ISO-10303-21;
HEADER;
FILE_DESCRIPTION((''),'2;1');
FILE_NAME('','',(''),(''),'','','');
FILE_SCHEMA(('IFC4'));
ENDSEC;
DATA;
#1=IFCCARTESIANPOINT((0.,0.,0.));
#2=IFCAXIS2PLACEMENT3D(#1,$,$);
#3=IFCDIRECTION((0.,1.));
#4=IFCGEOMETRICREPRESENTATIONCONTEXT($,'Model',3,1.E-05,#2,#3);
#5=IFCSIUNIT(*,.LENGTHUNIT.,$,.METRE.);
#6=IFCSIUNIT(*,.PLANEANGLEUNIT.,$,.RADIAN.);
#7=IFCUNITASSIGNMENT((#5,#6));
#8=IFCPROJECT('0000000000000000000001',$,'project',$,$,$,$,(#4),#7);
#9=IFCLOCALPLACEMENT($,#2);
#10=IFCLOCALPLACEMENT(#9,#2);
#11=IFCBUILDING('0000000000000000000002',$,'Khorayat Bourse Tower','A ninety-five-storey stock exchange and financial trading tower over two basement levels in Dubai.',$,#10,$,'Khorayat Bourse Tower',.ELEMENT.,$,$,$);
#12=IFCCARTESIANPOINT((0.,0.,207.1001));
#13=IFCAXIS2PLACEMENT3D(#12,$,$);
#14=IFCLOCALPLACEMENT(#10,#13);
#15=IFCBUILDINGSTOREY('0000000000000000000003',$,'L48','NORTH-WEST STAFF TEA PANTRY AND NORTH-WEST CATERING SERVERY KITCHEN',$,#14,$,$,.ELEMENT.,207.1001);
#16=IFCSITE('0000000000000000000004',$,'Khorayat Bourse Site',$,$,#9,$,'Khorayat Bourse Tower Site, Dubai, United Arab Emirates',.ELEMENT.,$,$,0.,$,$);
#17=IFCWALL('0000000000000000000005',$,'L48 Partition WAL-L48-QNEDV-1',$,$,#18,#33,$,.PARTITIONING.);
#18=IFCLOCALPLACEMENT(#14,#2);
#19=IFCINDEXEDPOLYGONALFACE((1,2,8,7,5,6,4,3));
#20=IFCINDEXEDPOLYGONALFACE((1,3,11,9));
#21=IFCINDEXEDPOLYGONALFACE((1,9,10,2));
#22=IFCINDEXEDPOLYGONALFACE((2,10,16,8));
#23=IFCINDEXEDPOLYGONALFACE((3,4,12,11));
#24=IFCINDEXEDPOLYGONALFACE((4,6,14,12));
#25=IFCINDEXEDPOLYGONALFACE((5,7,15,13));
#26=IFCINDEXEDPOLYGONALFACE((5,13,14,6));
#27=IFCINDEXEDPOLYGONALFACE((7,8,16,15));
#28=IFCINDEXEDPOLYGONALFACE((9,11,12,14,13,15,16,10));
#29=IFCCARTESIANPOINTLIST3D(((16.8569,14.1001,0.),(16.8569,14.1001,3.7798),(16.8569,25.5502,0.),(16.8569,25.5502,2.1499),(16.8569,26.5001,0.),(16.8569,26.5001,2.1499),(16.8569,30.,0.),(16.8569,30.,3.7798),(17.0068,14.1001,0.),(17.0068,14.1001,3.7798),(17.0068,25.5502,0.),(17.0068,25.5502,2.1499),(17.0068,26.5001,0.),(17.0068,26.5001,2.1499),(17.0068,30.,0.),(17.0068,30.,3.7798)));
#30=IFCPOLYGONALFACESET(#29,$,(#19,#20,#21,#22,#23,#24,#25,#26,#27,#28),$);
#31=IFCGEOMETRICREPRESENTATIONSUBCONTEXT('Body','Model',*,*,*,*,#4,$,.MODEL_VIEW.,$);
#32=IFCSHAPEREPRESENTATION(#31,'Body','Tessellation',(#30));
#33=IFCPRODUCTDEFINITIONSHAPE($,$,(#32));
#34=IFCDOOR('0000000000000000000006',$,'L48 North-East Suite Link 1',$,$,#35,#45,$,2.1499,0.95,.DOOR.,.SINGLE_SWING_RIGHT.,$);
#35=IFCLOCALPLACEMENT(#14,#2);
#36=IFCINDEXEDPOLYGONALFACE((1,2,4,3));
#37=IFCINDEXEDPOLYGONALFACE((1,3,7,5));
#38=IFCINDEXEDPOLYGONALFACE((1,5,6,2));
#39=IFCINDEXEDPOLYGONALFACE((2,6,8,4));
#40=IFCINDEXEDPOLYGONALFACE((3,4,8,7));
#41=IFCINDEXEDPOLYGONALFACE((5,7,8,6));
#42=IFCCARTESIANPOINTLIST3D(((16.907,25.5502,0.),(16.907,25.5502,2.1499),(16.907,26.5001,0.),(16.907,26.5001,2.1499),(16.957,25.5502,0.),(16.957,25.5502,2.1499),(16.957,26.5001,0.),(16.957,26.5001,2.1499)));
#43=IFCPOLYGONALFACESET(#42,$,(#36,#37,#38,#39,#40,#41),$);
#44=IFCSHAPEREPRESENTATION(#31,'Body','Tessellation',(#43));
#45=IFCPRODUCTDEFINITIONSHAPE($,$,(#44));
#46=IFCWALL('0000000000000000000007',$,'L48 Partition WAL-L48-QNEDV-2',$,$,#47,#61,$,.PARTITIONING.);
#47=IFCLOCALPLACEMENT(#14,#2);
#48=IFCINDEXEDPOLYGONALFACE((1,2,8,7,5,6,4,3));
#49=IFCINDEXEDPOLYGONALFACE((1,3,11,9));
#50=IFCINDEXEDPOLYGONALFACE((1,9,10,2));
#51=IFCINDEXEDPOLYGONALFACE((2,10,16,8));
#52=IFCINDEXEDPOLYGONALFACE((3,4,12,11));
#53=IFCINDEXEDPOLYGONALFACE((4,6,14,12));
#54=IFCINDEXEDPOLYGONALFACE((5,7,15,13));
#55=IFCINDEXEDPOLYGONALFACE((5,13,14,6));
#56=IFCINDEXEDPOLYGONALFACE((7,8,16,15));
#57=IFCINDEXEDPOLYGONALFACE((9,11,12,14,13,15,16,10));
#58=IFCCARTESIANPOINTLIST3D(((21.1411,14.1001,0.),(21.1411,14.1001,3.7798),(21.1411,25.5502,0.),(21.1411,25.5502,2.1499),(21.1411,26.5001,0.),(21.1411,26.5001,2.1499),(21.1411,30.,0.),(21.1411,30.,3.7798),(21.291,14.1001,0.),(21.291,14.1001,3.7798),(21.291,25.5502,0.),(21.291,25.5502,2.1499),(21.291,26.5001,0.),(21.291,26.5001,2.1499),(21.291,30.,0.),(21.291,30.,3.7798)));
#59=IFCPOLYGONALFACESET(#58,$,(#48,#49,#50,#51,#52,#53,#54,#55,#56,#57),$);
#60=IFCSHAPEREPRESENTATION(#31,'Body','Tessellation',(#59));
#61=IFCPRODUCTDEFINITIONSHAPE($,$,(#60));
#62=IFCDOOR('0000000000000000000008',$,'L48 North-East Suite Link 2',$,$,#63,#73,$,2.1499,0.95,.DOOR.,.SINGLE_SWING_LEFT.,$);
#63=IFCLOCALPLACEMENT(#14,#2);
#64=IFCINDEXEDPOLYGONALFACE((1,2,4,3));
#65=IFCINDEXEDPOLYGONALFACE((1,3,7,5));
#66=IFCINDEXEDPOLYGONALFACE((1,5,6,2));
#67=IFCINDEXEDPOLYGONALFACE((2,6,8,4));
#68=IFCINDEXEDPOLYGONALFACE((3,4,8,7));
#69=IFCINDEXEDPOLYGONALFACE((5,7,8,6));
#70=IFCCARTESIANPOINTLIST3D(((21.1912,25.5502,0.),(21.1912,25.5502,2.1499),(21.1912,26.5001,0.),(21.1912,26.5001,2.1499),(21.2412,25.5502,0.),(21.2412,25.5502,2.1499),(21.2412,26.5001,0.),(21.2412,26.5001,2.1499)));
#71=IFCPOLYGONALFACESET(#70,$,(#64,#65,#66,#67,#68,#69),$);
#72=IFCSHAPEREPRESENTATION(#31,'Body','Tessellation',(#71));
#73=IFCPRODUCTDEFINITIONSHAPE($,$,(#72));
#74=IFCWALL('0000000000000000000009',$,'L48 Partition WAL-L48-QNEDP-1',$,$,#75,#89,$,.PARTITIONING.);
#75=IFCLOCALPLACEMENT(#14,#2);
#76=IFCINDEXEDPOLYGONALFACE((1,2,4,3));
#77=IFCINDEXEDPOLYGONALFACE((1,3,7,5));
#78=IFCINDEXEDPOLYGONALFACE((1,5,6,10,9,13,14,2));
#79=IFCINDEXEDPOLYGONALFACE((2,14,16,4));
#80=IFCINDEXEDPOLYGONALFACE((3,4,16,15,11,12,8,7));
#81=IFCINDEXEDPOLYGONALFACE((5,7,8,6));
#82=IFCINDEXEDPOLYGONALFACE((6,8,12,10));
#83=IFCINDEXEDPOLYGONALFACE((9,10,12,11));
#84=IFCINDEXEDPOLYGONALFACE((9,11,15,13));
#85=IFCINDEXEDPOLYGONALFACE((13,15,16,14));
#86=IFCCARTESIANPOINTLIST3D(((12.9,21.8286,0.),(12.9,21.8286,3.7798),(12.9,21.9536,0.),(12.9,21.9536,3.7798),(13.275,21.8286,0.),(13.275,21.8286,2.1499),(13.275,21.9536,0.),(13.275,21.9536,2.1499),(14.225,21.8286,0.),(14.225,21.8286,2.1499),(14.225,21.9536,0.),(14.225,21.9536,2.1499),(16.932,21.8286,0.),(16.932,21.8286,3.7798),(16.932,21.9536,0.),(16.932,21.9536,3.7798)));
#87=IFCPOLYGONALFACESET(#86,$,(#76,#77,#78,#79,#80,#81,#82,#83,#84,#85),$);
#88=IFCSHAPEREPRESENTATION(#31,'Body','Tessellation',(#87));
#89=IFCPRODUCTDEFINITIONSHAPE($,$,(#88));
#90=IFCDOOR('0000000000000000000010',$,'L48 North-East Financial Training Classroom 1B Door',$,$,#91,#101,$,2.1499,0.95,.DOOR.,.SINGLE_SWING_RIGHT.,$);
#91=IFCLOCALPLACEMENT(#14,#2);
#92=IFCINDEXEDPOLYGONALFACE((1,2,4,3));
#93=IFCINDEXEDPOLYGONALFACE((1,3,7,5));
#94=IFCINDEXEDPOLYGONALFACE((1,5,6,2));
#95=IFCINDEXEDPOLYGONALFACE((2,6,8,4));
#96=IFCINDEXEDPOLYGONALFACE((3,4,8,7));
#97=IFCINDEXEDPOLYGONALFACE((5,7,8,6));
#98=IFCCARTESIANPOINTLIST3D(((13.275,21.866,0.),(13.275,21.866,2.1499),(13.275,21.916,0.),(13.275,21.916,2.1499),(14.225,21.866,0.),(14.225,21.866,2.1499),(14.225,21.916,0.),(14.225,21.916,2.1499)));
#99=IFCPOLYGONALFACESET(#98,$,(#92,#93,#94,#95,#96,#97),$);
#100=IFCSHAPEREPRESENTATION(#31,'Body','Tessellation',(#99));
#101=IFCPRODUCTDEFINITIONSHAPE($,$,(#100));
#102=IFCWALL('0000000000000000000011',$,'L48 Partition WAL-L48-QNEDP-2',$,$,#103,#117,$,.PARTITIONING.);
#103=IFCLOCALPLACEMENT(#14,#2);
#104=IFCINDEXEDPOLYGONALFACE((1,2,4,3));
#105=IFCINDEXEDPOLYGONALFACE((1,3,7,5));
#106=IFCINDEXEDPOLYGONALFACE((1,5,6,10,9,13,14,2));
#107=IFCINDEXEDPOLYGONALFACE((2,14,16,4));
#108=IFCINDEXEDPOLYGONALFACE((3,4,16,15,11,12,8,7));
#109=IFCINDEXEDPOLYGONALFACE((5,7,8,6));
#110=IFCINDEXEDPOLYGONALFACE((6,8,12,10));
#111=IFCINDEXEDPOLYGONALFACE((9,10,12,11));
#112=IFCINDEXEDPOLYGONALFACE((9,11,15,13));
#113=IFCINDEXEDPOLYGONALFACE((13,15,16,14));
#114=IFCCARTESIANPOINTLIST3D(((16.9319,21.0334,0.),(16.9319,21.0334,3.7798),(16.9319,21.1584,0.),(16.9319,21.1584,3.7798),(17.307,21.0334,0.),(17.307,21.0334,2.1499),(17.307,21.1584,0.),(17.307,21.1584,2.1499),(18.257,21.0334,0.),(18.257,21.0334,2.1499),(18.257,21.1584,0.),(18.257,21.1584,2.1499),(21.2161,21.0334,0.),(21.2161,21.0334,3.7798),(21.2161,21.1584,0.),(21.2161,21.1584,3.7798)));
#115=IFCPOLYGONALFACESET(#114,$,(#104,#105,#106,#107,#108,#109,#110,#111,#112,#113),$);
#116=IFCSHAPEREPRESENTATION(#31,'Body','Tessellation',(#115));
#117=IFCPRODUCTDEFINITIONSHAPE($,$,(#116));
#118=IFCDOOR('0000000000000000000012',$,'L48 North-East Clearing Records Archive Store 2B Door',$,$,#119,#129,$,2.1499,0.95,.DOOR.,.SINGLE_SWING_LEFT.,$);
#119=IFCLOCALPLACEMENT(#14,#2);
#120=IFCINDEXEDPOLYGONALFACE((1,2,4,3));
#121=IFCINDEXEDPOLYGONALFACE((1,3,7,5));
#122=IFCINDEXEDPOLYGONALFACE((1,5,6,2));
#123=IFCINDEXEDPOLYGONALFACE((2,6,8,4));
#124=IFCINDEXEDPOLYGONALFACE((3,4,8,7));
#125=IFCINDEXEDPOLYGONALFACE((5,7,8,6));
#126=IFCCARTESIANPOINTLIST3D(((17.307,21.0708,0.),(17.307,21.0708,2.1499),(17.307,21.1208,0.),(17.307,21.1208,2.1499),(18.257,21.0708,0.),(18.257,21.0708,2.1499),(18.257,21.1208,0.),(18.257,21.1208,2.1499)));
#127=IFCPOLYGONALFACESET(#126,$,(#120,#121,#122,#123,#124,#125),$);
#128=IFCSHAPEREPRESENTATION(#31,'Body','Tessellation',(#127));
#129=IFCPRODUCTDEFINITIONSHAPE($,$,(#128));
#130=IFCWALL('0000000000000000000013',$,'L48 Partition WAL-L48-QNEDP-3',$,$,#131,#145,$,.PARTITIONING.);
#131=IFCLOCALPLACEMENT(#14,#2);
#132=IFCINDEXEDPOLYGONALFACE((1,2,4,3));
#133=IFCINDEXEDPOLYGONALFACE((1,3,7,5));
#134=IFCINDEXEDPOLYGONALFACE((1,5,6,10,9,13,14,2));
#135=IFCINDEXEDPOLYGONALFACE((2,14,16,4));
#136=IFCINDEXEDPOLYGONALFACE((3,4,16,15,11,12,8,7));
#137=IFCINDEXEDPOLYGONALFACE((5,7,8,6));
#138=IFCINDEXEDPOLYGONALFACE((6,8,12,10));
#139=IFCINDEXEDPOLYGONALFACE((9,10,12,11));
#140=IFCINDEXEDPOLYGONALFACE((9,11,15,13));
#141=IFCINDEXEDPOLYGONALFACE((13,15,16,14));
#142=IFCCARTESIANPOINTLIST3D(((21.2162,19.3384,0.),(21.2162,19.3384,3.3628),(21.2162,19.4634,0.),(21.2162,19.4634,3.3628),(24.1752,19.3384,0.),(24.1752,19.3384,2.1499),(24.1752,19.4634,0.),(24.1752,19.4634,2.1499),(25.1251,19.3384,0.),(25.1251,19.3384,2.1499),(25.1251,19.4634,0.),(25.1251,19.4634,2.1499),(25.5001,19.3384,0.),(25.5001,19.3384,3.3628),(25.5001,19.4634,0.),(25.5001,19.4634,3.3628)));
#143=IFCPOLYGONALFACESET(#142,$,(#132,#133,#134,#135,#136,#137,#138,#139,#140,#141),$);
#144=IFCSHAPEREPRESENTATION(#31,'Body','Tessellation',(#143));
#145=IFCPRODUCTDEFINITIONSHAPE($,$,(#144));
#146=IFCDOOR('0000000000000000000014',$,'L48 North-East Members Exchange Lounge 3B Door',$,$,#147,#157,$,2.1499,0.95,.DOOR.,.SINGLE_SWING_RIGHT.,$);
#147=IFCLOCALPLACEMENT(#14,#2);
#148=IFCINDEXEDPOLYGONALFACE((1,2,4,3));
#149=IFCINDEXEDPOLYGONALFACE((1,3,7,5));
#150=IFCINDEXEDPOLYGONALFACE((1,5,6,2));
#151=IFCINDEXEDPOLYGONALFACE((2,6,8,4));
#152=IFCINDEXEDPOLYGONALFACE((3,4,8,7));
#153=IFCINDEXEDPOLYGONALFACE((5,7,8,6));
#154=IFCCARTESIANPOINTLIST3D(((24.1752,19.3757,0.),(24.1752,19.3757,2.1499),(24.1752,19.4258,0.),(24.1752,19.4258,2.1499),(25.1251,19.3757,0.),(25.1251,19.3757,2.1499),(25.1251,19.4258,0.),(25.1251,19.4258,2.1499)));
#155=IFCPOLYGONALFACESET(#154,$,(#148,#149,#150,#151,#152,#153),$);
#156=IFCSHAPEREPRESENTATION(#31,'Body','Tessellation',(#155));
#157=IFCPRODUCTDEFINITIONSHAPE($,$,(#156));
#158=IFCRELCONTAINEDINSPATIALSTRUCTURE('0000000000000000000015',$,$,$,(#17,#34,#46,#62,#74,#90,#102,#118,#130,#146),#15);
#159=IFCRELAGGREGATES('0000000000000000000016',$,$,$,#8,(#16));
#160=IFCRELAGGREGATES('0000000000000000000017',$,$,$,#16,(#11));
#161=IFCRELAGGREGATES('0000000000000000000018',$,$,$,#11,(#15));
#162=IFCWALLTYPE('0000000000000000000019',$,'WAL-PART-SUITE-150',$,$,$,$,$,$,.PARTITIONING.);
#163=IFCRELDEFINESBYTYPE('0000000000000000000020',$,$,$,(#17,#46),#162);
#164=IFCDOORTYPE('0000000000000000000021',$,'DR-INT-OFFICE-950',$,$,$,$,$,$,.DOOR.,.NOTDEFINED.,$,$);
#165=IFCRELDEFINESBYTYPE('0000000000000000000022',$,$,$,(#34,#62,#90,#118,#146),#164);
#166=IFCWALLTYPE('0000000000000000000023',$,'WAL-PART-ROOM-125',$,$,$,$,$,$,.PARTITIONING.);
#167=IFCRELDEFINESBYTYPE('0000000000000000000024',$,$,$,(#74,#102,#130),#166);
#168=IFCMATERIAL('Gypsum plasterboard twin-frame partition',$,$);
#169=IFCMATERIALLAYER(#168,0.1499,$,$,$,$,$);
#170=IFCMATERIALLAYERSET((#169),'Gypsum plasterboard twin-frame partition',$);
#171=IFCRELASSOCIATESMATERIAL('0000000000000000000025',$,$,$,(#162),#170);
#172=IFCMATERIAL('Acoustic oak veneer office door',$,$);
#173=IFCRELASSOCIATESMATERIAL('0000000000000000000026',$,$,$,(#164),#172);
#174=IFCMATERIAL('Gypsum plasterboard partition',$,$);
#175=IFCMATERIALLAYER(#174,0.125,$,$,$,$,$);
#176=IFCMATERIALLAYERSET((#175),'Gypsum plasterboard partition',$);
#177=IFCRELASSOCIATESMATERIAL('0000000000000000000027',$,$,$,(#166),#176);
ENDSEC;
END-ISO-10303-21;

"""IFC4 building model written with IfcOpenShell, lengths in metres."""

from ifc_helpers import new_model, si_unit, direction, frame, frame_2d, origin, place, context, subcontext, project, spatial, rectangle, extrude, source, transform, mapped, material, layer, layer_set, type_object, element, fill, save


model = new_model("IFC4")

# Units and contexts
model_context = context("Model", 3, precision=1e-05, world=origin(), true_north=direction((0.0, 1.0)))
body_context = subcontext(model_context, "Body", "Model", "MODEL_VIEW")
ifc_project = project(units=[si_unit("LENGTHUNIT", "METRE"), si_unit("PLANEANGLEUNIT", "RADIAN")], contexts=[model_context])

# Site, building, storey
site_placement = place(None, origin())
site = spatial("IfcSite", under=ifc_project, at=site_placement, Name="Khorayat Bourse Site", LongName="Khorayat Bourse Tower Site, Dubai, United Arab Emirates", CompositionType="ELEMENT", RefElevation=0.0)
building_placement = place(site_placement, origin())
building = spatial("IfcBuilding", under=site, at=building_placement, Name="Khorayat Bourse Tower", Description="A ninety-five-storey stock exchange and financial trading tower over two basement levels in Dubai.", LongName="Khorayat Bourse Tower", CompositionType="ELEMENT")
storey_placement = place(building_placement, frame((0.0, 0.0, 207.1001)))
storey = spatial("IfcBuildingStorey", under=building, at=storey_placement, Name="L48", Description="NORTH-WEST STAFF TEA PANTRY AND NORTH-WEST CATERING SERVERY KITCHEN", CompositionType="ELEMENT", Elevation=207.1001)

# Walls, openings, doors
ifc_material_1 = material(Name="Gypsum plasterboard twin-frame partition")
ifc_layer_1 = layer(ifc_material_1, 0.1499)
ifc_layer_set_1 = layer_set([ifc_layer_1], Name="Gypsum plasterboard twin-frame partition")
wall_type_1 = type_object("IfcWallType", Name="WAL-PART-SUITE-150", PredefinedType="PARTITIONING", material=ifc_layer_set_1)
shared_shape_1 = source(origin(), body_context, "Body", "SweptSolid", [
    extrude(rectangle(XDim=15.8999, YDim=0.1499, at=frame_2d((7.95, 0.0))), origin(), (0.0, 0.0, 1.0), 3.7798),
])
wall_1_placement = place(storey_placement, frame((16.9319, 14.1001, 0.0), z_axis=(0.0, 0.0, 1.0), x_axis=(0.0, 1.0, 0.0)))
wall_1 = element("IfcWall", 1, at=wall_1_placement, inside=storey, type_object=wall_type_1, Name="L48 Partition WAL-L48-QNEDV-1", PredefinedType="PARTITIONING", context=body_context, shape_type="MappedRepresentation", body=[
    mapped(shared_shape_1, transform((0.0, 0.0, 0.0), scale=1.0)),
])
shared_shape_2 = source(origin(), body_context, "Body", "SweptSolid", [
    extrude(rectangle(XDim=0.95, YDim=2.1499, at=frame_2d((0.4751, 1.075))), frame((0.0, 0.085, 0.0), z_axis=(0.0, -1.0, 0.0), x_axis=(1.0, 0.0, 0.0)), (0.0, 0.0, 1.0), 0.1699),
])
opening_1_placement = place(wall_1_placement, frame((11.45, 0.0, 0.0)))
opening_1 = element("IfcOpeningElement", 2, at=opening_1_placement, cuts=wall_1, PredefinedType="OPENING", context=body_context, shape_type="MappedRepresentation", body=[
    mapped(shared_shape_2, transform((0.0, 0.0, 0.0), scale=1.0)),
])
ifc_material_2 = material(Name="Acoustic oak veneer office door")
door_type = type_object("IfcDoorType", Name="DR-INT-OFFICE-950", OperationType="NOTDEFINED", PredefinedType="DOOR", material=ifc_material_2)
shared_shape_3 = source(origin(), body_context, "Body", "SweptSolid", [
    extrude(rectangle(XDim=0.95, YDim=2.1499, at=frame_2d((0.4751, 1.075))), frame((0.0, 0.0249, 0.0), z_axis=(0.0, -1.0, 0.0), x_axis=(1.0, 0.0, 0.0)), (0.0, 0.0, 1.0), 0.05),
])
door_1_placement = place(opening_1_placement, origin())
door_1 = element("IfcDoor", 3, at=door_1_placement, inside=storey, type_object=door_type, Name="L48 North-East Suite Link 1", OperationType="SINGLE_SWING_RIGHT", OverallHeight=2.1499, OverallWidth=0.95, PredefinedType="DOOR", context=body_context, shape_type="MappedRepresentation", body=[
    mapped(shared_shape_3, transform((0.0, 0.0, 0.0), scale=1.0)),
])
fill(opening_1, door_1)
wall_2_placement = place(storey_placement, frame((21.2161, 14.1001, 0.0), z_axis=(0.0, 0.0, 1.0), x_axis=(0.0, 1.0, 0.0)))
wall_2 = element("IfcWall", 4, at=wall_2_placement, inside=storey, type_object=wall_type_1, Name="L48 Partition WAL-L48-QNEDV-2", PredefinedType="PARTITIONING", context=body_context, shape_type="MappedRepresentation", body=[
    mapped(shared_shape_1, transform((0.0, 0.0, 0.0), scale=1.0)),
])
opening_2_placement = place(wall_2_placement, frame((11.45, 0.0, 0.0)))
opening_2 = element("IfcOpeningElement", 5, at=opening_2_placement, cuts=wall_2, PredefinedType="OPENING", context=body_context, shape_type="MappedRepresentation", body=[
    mapped(shared_shape_2, transform((0.0, 0.0, 0.0), scale=1.0)),
])
door_2_placement = place(opening_2_placement, origin())
door_2 = element("IfcDoor", 6, at=door_2_placement, inside=storey, type_object=door_type, Name="L48 North-East Suite Link 2", OperationType="SINGLE_SWING_LEFT", OverallHeight=2.1499, OverallWidth=0.95, PredefinedType="DOOR", context=body_context, shape_type="MappedRepresentation", body=[
    mapped(shared_shape_3, transform((0.0, 0.0, 0.0), scale=1.0)),
])
fill(opening_2, door_2)
ifc_material_3 = material(Name="Gypsum plasterboard partition")
ifc_layer_2 = layer(ifc_material_3, 0.125)
ifc_layer_set_2 = layer_set([ifc_layer_2], Name="Gypsum plasterboard partition")
wall_type_2 = type_object("IfcWallType", Name="WAL-PART-ROOM-125", PredefinedType="PARTITIONING", material=ifc_layer_set_2)
shared_shape_4 = source(origin(), body_context, "Body", "SweptSolid", [
    extrude(rectangle(XDim=4.032, YDim=0.125, at=frame_2d((2.0161, 0.0))), origin(), (0.0, 0.0, 1.0), 3.7798),
])
wall_3_placement = place(storey_placement, frame((12.8999, 21.8911, 0.0), z_axis=(0.0, 0.0, 1.0), x_axis=(1.0, 0.0, 0.0)))
wall_3 = element("IfcWall", 7, at=wall_3_placement, inside=storey, type_object=wall_type_2, Name="L48 Partition WAL-L48-QNEDP-1", PredefinedType="PARTITIONING", context=body_context, shape_type="MappedRepresentation", body=[
    mapped(shared_shape_4, transform((0.0, 0.0, 0.0), scale=1.0)),
])
shared_shape_5 = source(origin(), body_context, "Body", "SweptSolid", [
    extrude(rectangle(XDim=0.95, YDim=2.1499, at=frame_2d((0.4751, 1.075))), frame((0.0, 0.0725, 0.0), z_axis=(0.0, -1.0, 0.0), x_axis=(1.0, 0.0, 0.0)), (0.0, 0.0, 1.0), 0.145),
])
opening_3_placement = place(wall_3_placement, frame((0.375, 0.0, 0.0)))
opening_3 = element("IfcOpeningElement", 8, at=opening_3_placement, cuts=wall_3, PredefinedType="OPENING", context=body_context, shape_type="MappedRepresentation", body=[
    mapped(shared_shape_5, transform((0.0, 0.0, 0.0), scale=1.0)),
])
door_3_placement = place(opening_3_placement, origin())
door_3 = element("IfcDoor", 9, at=door_3_placement, inside=storey, type_object=door_type, Name="L48 North-East Financial Training Classroom 1B Door", OperationType="SINGLE_SWING_RIGHT", OverallHeight=2.1499, OverallWidth=0.95, PredefinedType="DOOR", context=body_context, shape_type="MappedRepresentation", body=[
    mapped(shared_shape_3, transform((0.0, 0.0, 0.0), scale=1.0)),
])
fill(opening_3, door_3)
shared_shape_6 = source(origin(), body_context, "Body", "SweptSolid", [
    extrude(rectangle(XDim=4.2842, YDim=0.125, at=frame_2d((2.1421, 0.0))), origin(), (0.0, 0.0, 1.0), 3.7798),
])
wall_4_placement = place(storey_placement, frame((16.9319, 21.0959, 0.0), z_axis=(0.0, 0.0, 1.0), x_axis=(1.0, 0.0, 0.0)))
wall_4 = element("IfcWall", 10, at=wall_4_placement, inside=storey, type_object=wall_type_2, Name="L48 Partition WAL-L48-QNEDP-2", PredefinedType="PARTITIONING", context=body_context, shape_type="MappedRepresentation", body=[
    mapped(shared_shape_6, transform((0.0, 0.0, 0.0), scale=1.0)),
])
opening_4_placement = place(wall_4_placement, frame((0.375, 0.0, 0.0)))
opening_4 = element("IfcOpeningElement", 11, at=opening_4_placement, cuts=wall_4, PredefinedType="OPENING", context=body_context, shape_type="MappedRepresentation", body=[
    mapped(shared_shape_5, transform((0.0, 0.0, 0.0), scale=1.0)),
])
door_4_placement = place(opening_4_placement, origin())
door_4 = element("IfcDoor", 12, at=door_4_placement, inside=storey, type_object=door_type, Name="L48 North-East Clearing Records Archive Store 2B Door", OperationType="SINGLE_SWING_LEFT", OverallHeight=2.1499, OverallWidth=0.95, PredefinedType="DOOR", context=body_context, shape_type="MappedRepresentation", body=[
    mapped(shared_shape_3, transform((0.0, 0.0, 0.0), scale=1.0)),
])
fill(opening_4, door_4)
shared_shape_7 = source(origin(), body_context, "Body", "SweptSolid", [
    extrude(rectangle(XDim=4.2839, YDim=0.125, at=frame_2d((2.1421, 0.0))), origin(), (0.0, 0.0, 1.0), 3.3628),
])
wall_5_placement = place(storey_placement, frame((21.2161, 19.4009, 0.0), z_axis=(0.0, 0.0, 1.0), x_axis=(1.0, 0.0, 0.0)))
wall_5 = element("IfcWall", 13, at=wall_5_placement, inside=storey, type_object=wall_type_2, Name="L48 Partition WAL-L48-QNEDP-3", PredefinedType="PARTITIONING", context=body_context, shape_type="MappedRepresentation", body=[
    mapped(shared_shape_7, transform((0.0, 0.0, 0.0), scale=1.0)),
])
opening_5_placement = place(wall_5_placement, frame((2.959, 0.0, 0.0)))
opening_5 = element("IfcOpeningElement", 14, at=opening_5_placement, cuts=wall_5, PredefinedType="OPENING", context=body_context, shape_type="MappedRepresentation", body=[
    mapped(shared_shape_5, transform((0.0, 0.0, 0.0), scale=1.0)),
])
door_5_placement = place(opening_5_placement, origin())
door_5 = element("IfcDoor", 15, at=door_5_placement, inside=storey, type_object=door_type, Name="L48 North-East Members Exchange Lounge 3B Door", OperationType="SINGLE_SWING_RIGHT", OverallHeight=2.1499, OverallWidth=0.95, PredefinedType="DOOR", context=body_context, shape_type="MappedRepresentation", body=[
    mapped(shared_shape_3, transform((0.0, 0.0, 0.0), scale=1.0)),
])
fill(opening_5, door_5)

save(model, "model.ifc")
